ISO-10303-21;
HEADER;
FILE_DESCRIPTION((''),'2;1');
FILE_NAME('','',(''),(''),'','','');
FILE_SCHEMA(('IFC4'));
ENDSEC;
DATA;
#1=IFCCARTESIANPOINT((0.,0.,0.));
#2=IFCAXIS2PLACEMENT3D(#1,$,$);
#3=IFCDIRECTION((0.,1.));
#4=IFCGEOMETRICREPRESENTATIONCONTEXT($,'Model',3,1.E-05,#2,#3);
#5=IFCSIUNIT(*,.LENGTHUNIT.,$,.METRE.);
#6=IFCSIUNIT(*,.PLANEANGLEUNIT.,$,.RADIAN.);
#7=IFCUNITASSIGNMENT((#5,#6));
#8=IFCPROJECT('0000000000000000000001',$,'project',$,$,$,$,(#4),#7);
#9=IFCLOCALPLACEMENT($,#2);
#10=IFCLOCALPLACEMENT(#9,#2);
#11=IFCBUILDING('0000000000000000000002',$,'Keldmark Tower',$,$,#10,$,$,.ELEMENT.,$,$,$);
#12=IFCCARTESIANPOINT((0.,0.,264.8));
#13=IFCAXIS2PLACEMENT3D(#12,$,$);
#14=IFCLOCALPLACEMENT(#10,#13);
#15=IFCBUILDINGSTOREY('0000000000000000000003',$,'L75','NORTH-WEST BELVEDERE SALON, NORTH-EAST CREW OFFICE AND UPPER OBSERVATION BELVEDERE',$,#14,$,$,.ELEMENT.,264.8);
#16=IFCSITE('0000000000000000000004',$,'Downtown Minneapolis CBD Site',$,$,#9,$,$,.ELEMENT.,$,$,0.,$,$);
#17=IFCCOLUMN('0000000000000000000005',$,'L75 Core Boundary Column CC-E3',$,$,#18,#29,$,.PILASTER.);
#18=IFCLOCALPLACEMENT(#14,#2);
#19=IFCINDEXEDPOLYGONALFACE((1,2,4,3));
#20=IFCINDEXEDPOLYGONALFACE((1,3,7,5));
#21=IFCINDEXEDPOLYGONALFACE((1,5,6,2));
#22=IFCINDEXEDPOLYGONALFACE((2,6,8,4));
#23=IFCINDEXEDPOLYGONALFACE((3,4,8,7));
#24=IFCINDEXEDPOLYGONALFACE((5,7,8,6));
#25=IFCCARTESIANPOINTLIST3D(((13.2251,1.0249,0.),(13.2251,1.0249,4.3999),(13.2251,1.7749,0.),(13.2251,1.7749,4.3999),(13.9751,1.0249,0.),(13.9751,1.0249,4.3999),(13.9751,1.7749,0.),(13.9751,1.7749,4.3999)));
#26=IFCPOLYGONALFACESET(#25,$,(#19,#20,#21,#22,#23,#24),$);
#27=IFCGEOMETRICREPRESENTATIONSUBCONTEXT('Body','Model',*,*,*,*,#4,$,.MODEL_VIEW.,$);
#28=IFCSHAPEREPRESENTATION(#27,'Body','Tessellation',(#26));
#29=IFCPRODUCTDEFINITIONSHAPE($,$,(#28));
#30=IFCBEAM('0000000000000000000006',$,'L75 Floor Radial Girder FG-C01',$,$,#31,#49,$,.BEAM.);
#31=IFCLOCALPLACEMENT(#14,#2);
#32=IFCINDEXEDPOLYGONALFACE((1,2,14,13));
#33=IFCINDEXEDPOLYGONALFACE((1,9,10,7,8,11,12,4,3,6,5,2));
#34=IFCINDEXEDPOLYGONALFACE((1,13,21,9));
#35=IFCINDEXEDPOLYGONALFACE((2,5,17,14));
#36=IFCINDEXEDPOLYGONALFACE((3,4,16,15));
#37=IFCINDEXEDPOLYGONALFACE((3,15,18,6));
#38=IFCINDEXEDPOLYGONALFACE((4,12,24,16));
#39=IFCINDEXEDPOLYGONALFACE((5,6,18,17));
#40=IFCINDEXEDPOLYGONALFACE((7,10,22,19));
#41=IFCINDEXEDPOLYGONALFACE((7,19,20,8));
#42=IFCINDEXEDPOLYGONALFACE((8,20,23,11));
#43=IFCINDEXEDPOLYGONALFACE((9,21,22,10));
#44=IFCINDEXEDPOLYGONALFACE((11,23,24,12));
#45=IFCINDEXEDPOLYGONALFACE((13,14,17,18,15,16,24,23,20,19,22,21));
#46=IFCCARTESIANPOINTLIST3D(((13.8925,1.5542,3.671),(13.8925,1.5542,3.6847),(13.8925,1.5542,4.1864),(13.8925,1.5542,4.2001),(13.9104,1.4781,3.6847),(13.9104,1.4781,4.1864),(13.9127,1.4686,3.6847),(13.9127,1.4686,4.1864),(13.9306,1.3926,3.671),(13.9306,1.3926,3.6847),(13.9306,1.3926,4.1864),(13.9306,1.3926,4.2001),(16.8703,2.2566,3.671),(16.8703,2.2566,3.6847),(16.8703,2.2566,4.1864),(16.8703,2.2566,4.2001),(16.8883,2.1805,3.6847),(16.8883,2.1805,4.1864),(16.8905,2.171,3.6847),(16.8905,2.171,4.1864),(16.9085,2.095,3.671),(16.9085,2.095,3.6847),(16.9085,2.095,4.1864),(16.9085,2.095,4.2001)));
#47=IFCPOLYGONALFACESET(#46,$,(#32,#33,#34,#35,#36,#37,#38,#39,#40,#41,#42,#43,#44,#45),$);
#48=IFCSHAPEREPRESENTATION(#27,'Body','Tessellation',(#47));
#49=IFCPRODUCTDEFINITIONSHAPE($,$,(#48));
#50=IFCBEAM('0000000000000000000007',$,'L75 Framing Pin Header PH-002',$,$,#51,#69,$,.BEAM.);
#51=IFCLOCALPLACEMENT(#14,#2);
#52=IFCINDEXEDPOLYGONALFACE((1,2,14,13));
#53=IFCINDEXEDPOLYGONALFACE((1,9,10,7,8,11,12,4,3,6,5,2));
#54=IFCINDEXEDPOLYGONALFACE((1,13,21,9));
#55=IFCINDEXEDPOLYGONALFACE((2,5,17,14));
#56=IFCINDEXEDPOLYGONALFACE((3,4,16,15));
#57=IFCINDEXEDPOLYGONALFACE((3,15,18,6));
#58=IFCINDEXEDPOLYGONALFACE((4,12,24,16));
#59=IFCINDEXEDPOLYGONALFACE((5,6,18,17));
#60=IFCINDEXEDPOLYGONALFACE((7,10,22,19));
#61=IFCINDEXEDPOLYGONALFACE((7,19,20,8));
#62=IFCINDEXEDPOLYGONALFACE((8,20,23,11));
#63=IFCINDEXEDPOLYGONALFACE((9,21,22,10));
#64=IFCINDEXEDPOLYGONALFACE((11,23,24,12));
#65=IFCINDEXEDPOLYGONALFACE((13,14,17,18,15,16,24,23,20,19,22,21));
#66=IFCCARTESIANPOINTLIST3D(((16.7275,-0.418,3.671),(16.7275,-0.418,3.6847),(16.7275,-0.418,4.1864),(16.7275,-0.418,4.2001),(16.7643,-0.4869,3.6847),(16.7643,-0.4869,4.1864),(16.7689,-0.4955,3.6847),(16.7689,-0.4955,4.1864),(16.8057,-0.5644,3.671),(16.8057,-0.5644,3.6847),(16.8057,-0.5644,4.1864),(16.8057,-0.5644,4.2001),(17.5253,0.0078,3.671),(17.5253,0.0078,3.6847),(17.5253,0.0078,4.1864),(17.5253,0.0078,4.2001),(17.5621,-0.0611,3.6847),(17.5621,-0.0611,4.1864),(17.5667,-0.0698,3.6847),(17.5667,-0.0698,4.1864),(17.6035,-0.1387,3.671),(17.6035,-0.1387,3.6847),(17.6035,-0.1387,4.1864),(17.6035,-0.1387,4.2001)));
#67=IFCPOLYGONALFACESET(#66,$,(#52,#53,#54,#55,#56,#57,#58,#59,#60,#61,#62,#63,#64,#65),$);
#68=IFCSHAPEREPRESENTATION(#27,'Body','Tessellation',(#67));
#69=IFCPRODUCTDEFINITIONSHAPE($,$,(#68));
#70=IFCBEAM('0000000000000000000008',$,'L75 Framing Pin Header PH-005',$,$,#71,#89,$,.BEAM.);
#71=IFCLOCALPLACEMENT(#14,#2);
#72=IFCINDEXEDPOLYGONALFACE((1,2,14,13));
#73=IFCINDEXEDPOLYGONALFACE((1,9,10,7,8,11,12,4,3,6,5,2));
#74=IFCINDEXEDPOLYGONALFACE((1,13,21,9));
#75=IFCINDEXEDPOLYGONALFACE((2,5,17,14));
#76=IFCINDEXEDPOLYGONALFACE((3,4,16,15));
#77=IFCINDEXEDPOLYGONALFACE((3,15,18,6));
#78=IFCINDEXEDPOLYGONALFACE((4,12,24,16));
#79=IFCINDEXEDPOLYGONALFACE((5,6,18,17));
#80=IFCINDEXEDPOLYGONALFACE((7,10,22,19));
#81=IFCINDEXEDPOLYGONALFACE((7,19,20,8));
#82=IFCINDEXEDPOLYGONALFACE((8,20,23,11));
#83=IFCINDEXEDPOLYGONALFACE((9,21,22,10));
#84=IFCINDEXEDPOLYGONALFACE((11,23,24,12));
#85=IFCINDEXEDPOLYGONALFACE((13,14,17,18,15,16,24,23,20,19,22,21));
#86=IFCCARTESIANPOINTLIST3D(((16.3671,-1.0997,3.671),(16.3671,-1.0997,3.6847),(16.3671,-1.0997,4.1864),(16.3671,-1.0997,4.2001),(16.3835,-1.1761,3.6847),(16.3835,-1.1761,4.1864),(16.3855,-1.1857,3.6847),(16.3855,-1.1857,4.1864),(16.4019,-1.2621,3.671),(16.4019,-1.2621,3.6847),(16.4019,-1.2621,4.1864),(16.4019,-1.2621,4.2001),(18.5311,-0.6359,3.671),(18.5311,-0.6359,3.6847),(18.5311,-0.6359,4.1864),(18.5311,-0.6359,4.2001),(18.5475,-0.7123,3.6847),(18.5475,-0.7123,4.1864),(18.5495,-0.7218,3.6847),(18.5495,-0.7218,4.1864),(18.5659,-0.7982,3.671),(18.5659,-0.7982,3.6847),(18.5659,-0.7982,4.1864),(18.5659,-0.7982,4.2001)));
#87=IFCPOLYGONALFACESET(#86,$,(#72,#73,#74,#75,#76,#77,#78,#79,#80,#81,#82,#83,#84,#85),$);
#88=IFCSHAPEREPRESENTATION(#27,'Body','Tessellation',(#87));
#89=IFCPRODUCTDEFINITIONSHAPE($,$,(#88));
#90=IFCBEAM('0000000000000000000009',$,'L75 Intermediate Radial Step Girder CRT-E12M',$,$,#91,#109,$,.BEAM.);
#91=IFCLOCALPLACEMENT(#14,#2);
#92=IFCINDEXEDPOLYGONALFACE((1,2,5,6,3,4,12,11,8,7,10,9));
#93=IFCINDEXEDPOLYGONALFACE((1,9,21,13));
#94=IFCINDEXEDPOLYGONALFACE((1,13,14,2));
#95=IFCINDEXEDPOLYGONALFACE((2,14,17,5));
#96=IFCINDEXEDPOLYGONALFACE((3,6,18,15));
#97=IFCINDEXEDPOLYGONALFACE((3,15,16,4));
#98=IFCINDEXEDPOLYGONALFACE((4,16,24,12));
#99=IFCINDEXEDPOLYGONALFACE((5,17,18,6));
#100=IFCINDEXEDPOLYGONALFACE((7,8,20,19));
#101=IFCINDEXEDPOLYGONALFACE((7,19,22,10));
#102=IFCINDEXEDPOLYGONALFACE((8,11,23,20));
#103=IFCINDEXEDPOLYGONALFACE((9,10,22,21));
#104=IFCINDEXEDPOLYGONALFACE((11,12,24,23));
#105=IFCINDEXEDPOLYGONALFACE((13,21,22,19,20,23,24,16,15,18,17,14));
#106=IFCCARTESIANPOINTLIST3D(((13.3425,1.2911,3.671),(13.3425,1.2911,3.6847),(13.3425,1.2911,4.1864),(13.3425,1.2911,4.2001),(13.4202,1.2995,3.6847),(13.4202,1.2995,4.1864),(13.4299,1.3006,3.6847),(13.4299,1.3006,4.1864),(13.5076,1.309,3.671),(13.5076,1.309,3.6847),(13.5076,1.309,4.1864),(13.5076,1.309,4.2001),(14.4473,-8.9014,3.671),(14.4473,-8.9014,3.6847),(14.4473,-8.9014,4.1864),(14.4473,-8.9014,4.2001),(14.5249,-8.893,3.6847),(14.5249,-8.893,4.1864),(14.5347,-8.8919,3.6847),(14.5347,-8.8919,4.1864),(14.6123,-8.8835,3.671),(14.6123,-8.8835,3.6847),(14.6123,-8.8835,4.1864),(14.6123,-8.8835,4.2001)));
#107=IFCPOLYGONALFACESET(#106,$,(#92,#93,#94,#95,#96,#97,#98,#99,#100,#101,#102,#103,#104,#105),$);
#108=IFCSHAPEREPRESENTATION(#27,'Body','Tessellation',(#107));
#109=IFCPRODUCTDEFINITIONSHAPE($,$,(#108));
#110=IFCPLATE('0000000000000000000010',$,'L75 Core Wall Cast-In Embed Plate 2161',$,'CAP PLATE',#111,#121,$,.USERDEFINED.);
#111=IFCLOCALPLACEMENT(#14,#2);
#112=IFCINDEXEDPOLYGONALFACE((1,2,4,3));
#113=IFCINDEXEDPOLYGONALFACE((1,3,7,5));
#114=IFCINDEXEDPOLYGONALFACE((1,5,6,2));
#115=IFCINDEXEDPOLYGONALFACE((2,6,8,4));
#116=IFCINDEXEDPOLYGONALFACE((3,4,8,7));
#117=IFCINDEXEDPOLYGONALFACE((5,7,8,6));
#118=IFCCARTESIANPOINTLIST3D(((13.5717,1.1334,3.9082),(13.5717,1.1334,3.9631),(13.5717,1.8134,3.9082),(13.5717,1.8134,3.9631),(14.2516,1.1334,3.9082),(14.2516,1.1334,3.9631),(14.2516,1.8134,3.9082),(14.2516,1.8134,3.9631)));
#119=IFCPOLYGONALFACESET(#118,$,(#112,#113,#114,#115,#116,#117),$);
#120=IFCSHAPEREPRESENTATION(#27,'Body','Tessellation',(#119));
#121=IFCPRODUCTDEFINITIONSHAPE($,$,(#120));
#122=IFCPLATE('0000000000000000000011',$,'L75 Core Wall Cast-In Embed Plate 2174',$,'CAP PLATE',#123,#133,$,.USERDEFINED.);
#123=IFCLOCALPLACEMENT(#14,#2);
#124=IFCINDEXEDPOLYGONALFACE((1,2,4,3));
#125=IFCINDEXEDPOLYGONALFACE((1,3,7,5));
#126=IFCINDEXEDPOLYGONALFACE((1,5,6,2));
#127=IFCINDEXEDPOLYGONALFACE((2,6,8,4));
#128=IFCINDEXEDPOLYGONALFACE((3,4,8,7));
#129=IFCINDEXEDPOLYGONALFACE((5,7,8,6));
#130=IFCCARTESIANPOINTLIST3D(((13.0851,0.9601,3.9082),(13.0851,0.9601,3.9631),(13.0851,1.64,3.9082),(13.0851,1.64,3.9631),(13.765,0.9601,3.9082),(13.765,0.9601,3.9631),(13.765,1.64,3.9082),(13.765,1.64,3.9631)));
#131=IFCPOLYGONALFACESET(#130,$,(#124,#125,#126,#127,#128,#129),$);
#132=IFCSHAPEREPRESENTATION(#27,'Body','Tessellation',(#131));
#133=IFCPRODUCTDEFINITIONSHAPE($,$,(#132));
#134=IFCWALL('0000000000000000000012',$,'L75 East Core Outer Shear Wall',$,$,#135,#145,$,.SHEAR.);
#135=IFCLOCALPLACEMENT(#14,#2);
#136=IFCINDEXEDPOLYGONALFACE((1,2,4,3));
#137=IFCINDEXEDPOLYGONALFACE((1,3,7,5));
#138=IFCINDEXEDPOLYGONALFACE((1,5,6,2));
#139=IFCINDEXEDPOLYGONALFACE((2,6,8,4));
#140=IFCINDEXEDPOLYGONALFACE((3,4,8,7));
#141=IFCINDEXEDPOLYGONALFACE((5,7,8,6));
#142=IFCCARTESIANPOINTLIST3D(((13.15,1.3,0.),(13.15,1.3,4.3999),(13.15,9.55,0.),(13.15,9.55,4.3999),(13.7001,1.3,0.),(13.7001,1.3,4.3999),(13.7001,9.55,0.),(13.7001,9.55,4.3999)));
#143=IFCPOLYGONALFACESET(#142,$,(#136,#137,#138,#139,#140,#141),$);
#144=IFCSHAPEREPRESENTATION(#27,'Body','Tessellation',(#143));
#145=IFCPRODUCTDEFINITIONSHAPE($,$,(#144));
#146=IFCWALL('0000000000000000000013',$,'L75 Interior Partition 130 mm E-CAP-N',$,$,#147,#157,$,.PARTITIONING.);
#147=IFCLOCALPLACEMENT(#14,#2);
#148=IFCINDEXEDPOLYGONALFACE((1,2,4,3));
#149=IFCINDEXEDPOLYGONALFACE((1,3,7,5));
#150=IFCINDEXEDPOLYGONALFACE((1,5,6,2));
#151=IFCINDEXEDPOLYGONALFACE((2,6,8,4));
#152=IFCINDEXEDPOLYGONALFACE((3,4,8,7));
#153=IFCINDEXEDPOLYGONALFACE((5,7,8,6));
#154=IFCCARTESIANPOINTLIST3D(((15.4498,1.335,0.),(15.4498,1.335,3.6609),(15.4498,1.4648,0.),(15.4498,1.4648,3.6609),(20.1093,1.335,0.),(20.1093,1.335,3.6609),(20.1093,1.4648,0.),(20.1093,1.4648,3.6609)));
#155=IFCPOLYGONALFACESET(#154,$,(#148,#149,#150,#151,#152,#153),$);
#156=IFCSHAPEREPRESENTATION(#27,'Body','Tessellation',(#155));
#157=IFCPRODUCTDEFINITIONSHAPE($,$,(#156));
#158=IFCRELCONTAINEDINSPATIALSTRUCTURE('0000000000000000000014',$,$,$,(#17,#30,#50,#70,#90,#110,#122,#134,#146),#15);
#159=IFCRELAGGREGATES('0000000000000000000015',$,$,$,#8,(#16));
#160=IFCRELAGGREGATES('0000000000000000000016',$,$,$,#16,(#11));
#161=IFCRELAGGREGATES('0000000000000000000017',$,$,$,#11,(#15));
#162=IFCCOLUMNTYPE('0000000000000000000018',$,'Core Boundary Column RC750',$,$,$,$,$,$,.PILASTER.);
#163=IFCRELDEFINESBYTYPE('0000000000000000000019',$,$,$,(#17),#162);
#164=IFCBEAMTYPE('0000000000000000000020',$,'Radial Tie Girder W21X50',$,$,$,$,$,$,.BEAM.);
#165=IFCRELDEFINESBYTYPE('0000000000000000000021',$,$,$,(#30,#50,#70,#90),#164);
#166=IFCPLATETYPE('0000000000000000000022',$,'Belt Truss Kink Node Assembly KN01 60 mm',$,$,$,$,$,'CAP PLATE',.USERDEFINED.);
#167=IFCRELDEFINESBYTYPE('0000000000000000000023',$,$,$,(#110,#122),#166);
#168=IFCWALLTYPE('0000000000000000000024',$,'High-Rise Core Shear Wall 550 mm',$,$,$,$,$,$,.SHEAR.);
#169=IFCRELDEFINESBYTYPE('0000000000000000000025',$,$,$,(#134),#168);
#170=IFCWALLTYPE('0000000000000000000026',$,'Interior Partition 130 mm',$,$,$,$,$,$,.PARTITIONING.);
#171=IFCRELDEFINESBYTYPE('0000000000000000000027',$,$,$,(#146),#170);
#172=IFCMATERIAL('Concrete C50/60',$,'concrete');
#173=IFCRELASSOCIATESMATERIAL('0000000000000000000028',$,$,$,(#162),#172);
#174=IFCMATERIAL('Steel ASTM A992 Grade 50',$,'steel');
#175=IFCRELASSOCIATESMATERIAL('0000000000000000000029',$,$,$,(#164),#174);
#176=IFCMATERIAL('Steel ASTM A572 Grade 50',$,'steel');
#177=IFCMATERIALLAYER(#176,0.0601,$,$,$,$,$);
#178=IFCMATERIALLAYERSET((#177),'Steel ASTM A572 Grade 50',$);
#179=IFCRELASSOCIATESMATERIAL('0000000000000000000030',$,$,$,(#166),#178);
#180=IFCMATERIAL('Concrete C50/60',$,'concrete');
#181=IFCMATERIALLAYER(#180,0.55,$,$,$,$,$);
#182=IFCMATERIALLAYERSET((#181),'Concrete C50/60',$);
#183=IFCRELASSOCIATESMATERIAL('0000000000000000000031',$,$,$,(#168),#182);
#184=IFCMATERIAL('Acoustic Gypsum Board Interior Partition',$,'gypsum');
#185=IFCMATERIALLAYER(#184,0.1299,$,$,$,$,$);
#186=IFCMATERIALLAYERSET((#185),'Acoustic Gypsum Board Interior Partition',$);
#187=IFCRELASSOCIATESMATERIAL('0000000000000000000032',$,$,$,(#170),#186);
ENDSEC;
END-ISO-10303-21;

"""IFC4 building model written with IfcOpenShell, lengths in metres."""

from ifc_helpers import new_model, si_unit, direction, frame, frame_2d, origin, origin_2d, place, context, subcontext, project, spatial, rectangle, i_section, extrude, material, layer, layer_set, material_profile, profile_set, type_object, element, save


model = new_model("IFC4")

# Units and contexts
model_context = context("Model", 3, precision=1e-05, world=origin(), true_north=direction((0.0, 1.0)))
body_context = subcontext(model_context, "Body", "Model", "MODEL_VIEW")
ifc_project = project(units=[si_unit("LENGTHUNIT", "METRE"), si_unit("PLANEANGLEUNIT", "RADIAN")], contexts=[model_context])

# Site, building, storey
site_placement = place(None, origin())
site = spatial("IfcSite", under=ifc_project, at=site_placement, Name="Downtown Minneapolis CBD Site", CompositionType="ELEMENT", RefElevation=0.0)
building_placement = place(site_placement, origin())
building = spatial("IfcBuilding", under=site, at=building_placement, Name="Keldmark Tower", CompositionType="ELEMENT")
storey_placement = place(building_placement, frame((0.0, 0.0, 264.8)))
storey = spatial("IfcBuildingStorey", under=building, at=storey_placement, Name="L75", Description="NORTH-WEST BELVEDERE SALON, NORTH-EAST CREW OFFICE AND UPPER OBSERVATION BELVEDERE", CompositionType="ELEMENT", Elevation=264.8)

# Column
ifc_material_1 = material(Name="Concrete C50/60", Category="concrete")
ifc_material_profile_1 = material_profile(ifc_material_1, rectangle(XDim=0.75, YDim=0.75, at=origin_2d()), Name="RC750X750")
ifc_profile_set_1 = profile_set([ifc_material_profile_1], Name="Concrete C50/60")
column_type = type_object("IfcColumnType", Name="Core Boundary Column RC750", PredefinedType="PILASTER", material=ifc_profile_set_1)
column_placement = place(storey_placement, frame((13.6001, 1.3999, 0.0), z_axis=(0.0, 0.0, 1.0), x_axis=(1.0, 0.0, 0.0)))
element("IfcColumn", 1, at=column_placement, inside=storey, type_object=column_type, Name="L75 Core Boundary Column CC-E3", PredefinedType="PILASTER", context=body_context, shape_type="SweptSolid", body=[
    extrude(rectangle(XDim=0.75, YDim=0.75, at=origin_2d()), origin(), (0.0, 0.0, 1.0), 4.3999),
])

# Beams
ifc_material_2 = material(Name="Steel ASTM A992 Grade 50", Category="steel")
ifc_material_profile_2 = material_profile(ifc_material_2, i_section(OverallWidth=0.166, OverallDepth=0.5291, WebThickness=0.0098, FlangeThickness=0.0137, at=origin_2d()), Name="W21X50")
ifc_profile_set_2 = profile_set([ifc_material_profile_2], Name="Steel ASTM A992 Grade 50")
beam_type = type_object("IfcBeamType", Name="Radial Tie Girder W21X50", PredefinedType="BEAM", material=ifc_profile_set_2)
beam_1_placement = place(storey_placement, frame((16.8894, 2.1758, 3.9355), z_axis=(-0.97329, -0.229577, 0.0), x_axis=(0.229577, -0.97329, 0.0)))
element("IfcBeam", 2, at=beam_1_placement, inside=storey, type_object=beam_type, Name="L75 Floor Radial Girder FG-C01", PredefinedType="BEAM", context=body_context, shape_type="SweptSolid", body=[
    extrude(i_section(OverallWidth=0.166, OverallDepth=0.5291, WebThickness=0.0098, FlangeThickness=0.0137, at=origin_2d()), origin(), (0.0, 0.0, 1.0), 3.0596),
])
beam_2_placement = place(storey_placement, frame((16.7666, -0.4912, 3.9355), z_axis=(0.882233, 0.470812, 0.0), x_axis=(-0.470812, 0.882233, 0.0)))
element("IfcBeam", 3, at=beam_2_placement, inside=storey, type_object=beam_type, Name="L75 Framing Pin Header PH-002", PredefinedType="BEAM", context=body_context, shape_type="SweptSolid", body=[
    extrude(i_section(OverallWidth=0.166, OverallDepth=0.5291, WebThickness=0.0098, FlangeThickness=0.0137, at=origin_2d()), origin(), (0.0, 0.0, 1.0), 0.9043),
])
beam_3_placement = place(storey_placement, frame((16.3845, -1.1809, 3.9355), z_axis=(0.977789, 0.209589, 0.0), x_axis=(-0.209589, 0.977789, 0.0)))
element("IfcBeam", 4, at=beam_3_placement, inside=storey, type_object=beam_type, Name="L75 Framing Pin Header PH-005", PredefinedType="BEAM", context=body_context, shape_type="SweptSolid", body=[
    extrude(i_section(OverallWidth=0.166, OverallDepth=0.5291, WebThickness=0.0098, FlangeThickness=0.0137, at=origin_2d()), origin(), (0.0, 0.0, 1.0), 2.2131),
])
beam_4_placement = place(storey_placement, frame((13.425, 1.3, 3.9355), z_axis=(0.107757, -0.994177, 0.0), x_axis=(0.994177, 0.107757, 0.0)))
element("IfcBeam", 5, at=beam_4_placement, inside=storey, type_object=beam_type, Name="L75 Intermediate Radial Step Girder CRT-E12M", PredefinedType="BEAM", context=body_context, shape_type="SweptSolid", body=[
    extrude(i_section(OverallWidth=0.166, OverallDepth=0.5291, WebThickness=0.0098, FlangeThickness=0.0137, at=origin_2d()), origin(), (0.0, 0.0, 1.0), 10.2522),
])

# Plates
ifc_material_3 = material(Name="Steel ASTM A572 Grade 50", Category="steel")
ifc_layer_1 = layer(ifc_material_3, 0.0601)
ifc_layer_set_1 = layer_set([ifc_layer_1], Name="Steel ASTM A572 Grade 50")
plate_type = type_object("IfcPlateType", Name="Belt Truss Kink Node Assembly KN01 60 mm", ElementType="CAP PLATE", PredefinedType="USERDEFINED", material=ifc_layer_set_1)
for number, where, z_axis, x_axis, name in (
    (6, (13.9116, 1.4734, 3.9082), (0.0, 0.0, 1.0), (1.0, 0.0, 0.0), "L75 Core Wall Cast-In Embed Plate 2161"),
    (7, (13.425, 1.3, 3.9082), (0.0, 0.0, 1.0), (1.0, 0.0, 0.0), "L75 Core Wall Cast-In Embed Plate 2174"),
):
    element("IfcPlate", number, at=place(storey_placement, frame(where, z_axis=z_axis, x_axis=x_axis)), inside=storey, type_object=plate_type, Name=name, ObjectType="CAP PLATE", PredefinedType="USERDEFINED", context=body_context, shape_type="SweptSolid", body=[
        extrude(rectangle(XDim=0.6799, YDim=0.6799, at=origin_2d()), origin(), (0.0, 0.0, 1.0), 0.0549),
    ])

# Wall
ifc_material_4 = material(Name="Concrete C50/60", Category="concrete")
ifc_layer_2 = layer(ifc_material_4, 0.55)
ifc_layer_set_2 = layer_set([ifc_layer_2], Name="Concrete C50/60")
wall_type_1 = type_object("IfcWallType", Name="High-Rise Core Shear Wall 550 mm", PredefinedType="SHEAR", material=ifc_layer_set_2)
wall_1_placement = place(storey_placement, frame((13.425, 1.3, 0.0), z_axis=(0.0, 0.0, 1.0), x_axis=(0.0, 1.0, 0.0)))
element("IfcWall", 8, at=wall_1_placement, inside=storey, type_object=wall_type_1, Name="L75 East Core Outer Shear Wall", PredefinedType="SHEAR", context=body_context, shape_type="SweptSolid", body=[
    extrude(rectangle(XDim=8.25, YDim=0.55, at=frame_2d((4.125, 0.0))), origin(), (0.0, 0.0, 1.0), 4.3999),
])

# Wall
ifc_material_5 = material(Name="Acoustic Gypsum Board Interior Partition", Category="gypsum")
ifc_layer_3 = layer(ifc_material_5, 0.1299)
ifc_layer_set_3 = layer_set([ifc_layer_3], Name="Acoustic Gypsum Board Interior Partition")
wall_type_2 = type_object("IfcWallType", Name="Interior Partition 130 mm", PredefinedType="PARTITIONING", material=ifc_layer_set_3)
wall_2_placement = place(storey_placement, frame((15.45, 1.3999, 0.0), z_axis=(0.0, 0.0, 1.0), x_axis=(1.0, 0.0, 0.0)))
element("IfcWall", 9, at=wall_2_placement, inside=storey, type_object=wall_type_2, Name="L75 Interior Partition 130 mm E-CAP-N", PredefinedType="PARTITIONING", context=body_context, shape_type="SweptSolid", body=[
    extrude(rectangle(XDim=4.6594, YDim=0.1299, at=frame_2d((2.3296, 0.0))), origin(), (0.0, 0.0, 1.0), 3.6609),
])

save(model, "model.ifc")
